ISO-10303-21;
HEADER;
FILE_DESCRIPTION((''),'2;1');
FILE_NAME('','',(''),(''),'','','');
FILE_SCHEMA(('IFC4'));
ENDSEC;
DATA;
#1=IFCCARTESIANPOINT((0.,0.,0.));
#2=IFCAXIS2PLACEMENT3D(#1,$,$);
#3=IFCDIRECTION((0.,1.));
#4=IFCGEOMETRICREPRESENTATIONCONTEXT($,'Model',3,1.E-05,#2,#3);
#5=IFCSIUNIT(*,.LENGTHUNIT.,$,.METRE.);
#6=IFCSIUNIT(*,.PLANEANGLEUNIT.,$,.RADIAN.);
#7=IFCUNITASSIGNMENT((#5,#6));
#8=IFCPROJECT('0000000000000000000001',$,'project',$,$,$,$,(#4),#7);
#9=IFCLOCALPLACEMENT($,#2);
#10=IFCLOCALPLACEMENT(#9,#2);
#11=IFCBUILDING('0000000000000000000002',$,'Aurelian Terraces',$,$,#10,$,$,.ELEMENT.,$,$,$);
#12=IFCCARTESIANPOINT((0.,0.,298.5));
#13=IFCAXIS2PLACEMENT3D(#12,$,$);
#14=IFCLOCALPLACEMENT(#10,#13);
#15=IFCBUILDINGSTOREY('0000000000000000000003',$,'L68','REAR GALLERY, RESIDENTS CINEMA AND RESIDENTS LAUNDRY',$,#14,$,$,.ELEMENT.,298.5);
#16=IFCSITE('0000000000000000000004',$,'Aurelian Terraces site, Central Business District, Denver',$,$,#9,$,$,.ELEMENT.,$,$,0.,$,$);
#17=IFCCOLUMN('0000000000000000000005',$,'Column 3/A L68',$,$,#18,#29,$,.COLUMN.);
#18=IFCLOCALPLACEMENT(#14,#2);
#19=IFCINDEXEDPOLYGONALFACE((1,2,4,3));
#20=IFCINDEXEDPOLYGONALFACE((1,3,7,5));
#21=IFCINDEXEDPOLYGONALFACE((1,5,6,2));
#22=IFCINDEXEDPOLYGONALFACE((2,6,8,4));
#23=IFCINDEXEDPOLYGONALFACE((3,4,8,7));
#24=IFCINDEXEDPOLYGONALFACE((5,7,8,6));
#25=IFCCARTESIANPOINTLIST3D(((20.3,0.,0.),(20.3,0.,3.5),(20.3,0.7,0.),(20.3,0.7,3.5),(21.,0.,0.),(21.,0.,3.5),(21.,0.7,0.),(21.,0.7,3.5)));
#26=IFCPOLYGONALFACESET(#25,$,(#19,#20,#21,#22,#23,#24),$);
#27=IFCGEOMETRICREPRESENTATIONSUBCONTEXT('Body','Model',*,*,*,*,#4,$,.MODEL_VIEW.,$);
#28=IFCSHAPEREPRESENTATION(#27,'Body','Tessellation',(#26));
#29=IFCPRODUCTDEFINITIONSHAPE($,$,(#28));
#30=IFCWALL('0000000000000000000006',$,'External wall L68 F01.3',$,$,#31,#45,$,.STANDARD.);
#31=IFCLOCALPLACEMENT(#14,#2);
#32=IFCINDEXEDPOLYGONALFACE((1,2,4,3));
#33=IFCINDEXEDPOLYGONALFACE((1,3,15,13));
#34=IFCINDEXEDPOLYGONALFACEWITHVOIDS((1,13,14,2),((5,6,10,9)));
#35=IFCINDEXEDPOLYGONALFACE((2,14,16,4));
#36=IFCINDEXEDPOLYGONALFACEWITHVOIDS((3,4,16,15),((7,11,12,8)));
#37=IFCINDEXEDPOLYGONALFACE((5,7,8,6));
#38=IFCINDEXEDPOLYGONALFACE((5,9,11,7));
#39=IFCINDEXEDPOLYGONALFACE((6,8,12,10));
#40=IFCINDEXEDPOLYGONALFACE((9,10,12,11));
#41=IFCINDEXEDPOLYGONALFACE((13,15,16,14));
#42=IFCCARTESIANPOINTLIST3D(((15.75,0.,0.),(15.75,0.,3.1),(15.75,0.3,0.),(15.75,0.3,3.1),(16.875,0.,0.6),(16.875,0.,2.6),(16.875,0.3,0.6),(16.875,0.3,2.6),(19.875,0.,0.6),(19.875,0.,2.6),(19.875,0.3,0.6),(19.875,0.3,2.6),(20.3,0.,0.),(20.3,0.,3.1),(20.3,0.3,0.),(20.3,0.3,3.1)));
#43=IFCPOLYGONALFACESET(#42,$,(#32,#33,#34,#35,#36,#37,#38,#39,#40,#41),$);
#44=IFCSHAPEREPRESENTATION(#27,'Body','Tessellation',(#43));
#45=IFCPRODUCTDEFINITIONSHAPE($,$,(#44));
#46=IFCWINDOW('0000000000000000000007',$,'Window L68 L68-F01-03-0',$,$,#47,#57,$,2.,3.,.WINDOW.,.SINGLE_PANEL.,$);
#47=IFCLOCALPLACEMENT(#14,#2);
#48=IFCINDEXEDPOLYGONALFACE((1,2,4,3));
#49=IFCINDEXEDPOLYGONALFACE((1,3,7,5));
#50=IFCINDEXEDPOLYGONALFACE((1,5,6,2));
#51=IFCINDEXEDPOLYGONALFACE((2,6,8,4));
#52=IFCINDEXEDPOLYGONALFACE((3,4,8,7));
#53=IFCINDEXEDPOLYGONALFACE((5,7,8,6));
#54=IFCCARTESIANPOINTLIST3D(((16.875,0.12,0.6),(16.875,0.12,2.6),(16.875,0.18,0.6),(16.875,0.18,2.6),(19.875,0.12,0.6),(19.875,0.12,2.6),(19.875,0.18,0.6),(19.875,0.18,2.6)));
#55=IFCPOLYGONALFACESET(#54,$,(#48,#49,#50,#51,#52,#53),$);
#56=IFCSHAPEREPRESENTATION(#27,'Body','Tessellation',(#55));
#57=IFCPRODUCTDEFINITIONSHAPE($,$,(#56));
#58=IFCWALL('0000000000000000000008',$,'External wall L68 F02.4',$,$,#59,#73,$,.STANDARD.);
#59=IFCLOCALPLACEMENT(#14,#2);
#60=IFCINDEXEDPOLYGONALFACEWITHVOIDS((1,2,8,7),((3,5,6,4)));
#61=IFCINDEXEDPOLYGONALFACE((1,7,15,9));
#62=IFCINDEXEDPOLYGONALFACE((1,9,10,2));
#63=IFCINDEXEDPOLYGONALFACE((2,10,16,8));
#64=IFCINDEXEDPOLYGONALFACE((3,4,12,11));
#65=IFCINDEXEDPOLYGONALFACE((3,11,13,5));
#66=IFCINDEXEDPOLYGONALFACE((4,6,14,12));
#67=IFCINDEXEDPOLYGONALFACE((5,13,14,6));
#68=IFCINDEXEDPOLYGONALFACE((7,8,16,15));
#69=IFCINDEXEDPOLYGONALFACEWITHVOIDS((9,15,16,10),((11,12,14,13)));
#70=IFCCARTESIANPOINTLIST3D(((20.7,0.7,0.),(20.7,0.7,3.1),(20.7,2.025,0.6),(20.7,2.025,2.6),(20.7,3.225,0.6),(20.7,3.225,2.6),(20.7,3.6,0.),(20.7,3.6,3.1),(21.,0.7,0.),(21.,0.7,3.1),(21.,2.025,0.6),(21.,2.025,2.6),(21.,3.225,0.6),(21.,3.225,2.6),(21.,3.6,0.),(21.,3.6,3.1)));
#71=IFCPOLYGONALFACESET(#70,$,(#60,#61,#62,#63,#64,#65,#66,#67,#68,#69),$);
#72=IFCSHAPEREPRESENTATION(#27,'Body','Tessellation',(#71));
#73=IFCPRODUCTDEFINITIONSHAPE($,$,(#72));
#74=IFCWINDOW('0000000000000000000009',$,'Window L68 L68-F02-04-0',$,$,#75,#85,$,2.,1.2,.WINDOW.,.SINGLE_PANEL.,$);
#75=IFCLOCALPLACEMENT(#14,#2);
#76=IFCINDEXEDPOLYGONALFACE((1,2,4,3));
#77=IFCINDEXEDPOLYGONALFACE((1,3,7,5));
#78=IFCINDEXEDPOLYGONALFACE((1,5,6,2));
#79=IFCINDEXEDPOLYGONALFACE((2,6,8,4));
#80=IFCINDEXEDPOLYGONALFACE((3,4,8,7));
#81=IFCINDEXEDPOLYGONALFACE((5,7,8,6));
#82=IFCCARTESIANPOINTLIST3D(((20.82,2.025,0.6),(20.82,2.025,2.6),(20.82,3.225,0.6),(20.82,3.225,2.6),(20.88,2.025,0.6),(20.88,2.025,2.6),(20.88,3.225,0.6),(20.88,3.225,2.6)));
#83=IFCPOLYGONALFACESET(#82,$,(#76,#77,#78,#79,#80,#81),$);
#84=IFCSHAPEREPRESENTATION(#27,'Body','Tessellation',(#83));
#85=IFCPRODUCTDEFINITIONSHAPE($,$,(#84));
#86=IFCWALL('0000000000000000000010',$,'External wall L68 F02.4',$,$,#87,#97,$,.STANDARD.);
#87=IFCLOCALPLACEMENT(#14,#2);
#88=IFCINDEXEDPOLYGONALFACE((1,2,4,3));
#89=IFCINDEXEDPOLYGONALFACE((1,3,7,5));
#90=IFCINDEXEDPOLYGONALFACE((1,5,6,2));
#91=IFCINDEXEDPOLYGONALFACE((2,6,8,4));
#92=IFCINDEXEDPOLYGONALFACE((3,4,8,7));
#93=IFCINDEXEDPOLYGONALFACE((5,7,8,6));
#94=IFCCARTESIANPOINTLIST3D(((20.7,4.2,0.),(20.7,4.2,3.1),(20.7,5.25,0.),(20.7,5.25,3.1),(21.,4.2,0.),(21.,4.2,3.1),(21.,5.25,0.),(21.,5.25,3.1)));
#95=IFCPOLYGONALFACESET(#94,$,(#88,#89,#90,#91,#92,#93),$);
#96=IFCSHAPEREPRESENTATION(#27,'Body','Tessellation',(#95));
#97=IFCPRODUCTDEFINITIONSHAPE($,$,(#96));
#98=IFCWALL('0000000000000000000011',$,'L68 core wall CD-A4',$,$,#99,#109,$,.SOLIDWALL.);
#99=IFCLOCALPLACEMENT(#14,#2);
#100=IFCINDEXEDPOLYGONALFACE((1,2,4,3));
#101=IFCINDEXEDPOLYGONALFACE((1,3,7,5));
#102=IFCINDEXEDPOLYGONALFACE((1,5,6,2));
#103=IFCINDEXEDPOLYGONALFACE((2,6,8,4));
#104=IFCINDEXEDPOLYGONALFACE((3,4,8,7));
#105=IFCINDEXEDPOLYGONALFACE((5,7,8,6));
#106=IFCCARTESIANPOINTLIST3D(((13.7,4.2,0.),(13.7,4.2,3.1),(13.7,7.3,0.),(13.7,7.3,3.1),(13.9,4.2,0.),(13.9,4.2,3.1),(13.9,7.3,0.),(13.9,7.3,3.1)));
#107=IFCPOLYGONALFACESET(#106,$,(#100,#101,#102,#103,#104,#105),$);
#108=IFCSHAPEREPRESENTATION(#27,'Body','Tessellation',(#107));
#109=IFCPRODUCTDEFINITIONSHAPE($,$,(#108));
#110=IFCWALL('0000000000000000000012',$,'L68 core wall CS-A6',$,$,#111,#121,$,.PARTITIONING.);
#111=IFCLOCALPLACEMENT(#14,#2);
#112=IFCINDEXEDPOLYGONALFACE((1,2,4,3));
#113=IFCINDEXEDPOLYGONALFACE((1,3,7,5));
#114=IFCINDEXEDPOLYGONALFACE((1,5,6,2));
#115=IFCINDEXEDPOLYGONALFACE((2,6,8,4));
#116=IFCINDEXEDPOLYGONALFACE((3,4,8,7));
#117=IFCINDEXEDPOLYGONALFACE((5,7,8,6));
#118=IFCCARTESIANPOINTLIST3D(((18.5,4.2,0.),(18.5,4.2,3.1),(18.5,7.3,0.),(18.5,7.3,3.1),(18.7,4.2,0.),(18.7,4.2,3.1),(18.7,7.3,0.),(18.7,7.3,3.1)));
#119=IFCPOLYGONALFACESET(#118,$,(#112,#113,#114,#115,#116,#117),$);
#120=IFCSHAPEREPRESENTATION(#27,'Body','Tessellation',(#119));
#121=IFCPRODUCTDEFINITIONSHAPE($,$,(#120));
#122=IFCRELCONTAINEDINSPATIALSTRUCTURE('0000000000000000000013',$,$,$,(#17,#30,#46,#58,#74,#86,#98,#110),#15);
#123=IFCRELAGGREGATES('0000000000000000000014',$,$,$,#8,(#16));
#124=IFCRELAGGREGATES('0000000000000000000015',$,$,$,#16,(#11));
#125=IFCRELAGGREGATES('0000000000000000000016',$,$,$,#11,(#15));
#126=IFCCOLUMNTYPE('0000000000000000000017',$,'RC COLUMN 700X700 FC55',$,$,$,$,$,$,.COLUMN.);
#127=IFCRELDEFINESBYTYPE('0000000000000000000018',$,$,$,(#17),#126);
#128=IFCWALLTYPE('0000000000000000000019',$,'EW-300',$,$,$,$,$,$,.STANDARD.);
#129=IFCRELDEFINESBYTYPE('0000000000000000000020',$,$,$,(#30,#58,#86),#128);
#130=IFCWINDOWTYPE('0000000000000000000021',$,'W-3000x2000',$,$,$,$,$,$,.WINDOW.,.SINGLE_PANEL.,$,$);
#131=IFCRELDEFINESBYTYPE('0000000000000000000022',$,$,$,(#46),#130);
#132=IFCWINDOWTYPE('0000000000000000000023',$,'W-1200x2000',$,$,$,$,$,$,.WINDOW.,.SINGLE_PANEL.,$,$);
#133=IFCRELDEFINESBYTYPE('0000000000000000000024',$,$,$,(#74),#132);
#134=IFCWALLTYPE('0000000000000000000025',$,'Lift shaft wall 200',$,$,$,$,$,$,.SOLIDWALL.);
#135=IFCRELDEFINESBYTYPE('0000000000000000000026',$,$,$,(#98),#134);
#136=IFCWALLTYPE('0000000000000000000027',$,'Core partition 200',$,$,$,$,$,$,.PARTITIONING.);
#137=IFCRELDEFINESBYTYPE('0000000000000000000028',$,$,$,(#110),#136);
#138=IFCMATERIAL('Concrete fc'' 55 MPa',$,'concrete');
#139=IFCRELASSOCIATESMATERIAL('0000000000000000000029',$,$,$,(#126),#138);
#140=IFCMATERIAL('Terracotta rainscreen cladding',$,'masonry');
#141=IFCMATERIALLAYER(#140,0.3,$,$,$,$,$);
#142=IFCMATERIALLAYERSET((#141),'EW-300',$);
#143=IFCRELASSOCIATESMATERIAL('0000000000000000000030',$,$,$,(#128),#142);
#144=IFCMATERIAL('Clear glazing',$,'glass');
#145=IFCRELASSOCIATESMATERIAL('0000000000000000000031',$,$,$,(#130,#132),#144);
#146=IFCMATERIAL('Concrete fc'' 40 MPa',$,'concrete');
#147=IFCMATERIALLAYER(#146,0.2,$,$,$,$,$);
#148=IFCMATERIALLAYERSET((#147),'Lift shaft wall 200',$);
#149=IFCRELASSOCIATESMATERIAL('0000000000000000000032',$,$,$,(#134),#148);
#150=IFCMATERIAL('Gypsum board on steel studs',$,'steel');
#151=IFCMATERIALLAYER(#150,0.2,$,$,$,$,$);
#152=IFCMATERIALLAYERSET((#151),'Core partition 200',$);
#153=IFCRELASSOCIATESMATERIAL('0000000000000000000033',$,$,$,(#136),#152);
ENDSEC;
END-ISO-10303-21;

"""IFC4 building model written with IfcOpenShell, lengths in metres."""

from ifc_helpers import new_model, si_unit, direction, frame, frame_2d, origin, origin_2d, place, context, subcontext, project, spatial, rectangle, extrude, source, transform, mapped, material, layer, layer_set, material_profile, profile_set, type_object, element, fill, save


model = new_model("IFC4")

# Units and contexts
model_context = context("Model", 3, precision=1e-05, world=origin(), true_north=direction((0.0, 1.0)))
body_context = subcontext(model_context, "Body", "Model", "MODEL_VIEW")
ifc_project = project(units=[si_unit("LENGTHUNIT", "METRE"), si_unit("PLANEANGLEUNIT", "RADIAN")], contexts=[model_context])

# Site, building, storey
site_placement = place(None, origin())
site = spatial("IfcSite", under=ifc_project, at=site_placement, Name="Aurelian Terraces site, Central Business District, Denver", CompositionType="ELEMENT", RefElevation=0.0)
building_placement = place(site_placement, origin())
building = spatial("IfcBuilding", under=site, at=building_placement, Name="Aurelian Terraces", CompositionType="ELEMENT")
storey_placement = place(building_placement, frame((0.0, 0.0, 298.5)))
storey = spatial("IfcBuildingStorey", under=building, at=storey_placement, Name="L68", Description="REAR GALLERY, RESIDENTS CINEMA AND RESIDENTS LAUNDRY", CompositionType="ELEMENT", Elevation=298.5)

# Column
ifc_material_1 = material(Name="Concrete fc' 55 MPa", Category="concrete")
ifc_material_profile = material_profile(ifc_material_1, rectangle(XDim=0.7, YDim=0.7, at=origin_2d()))
ifc_profile_set = profile_set([ifc_material_profile], Name="Concrete fc' 55 MPa")
column_type = type_object("IfcColumnType", Name="RC COLUMN 700X700 FC55", PredefinedType="COLUMN", material=ifc_profile_set)
shared_shape_1 = source(origin(), body_context, "Body", "SweptSolid", [
    extrude(rectangle(XDim=0.7, YDim=0.7, at=origin_2d()), origin(), (0.0, 0.0, 1.0), 3.5),
])
column_placement = place(storey_placement, frame((20.65, 0.35, 0.0), z_axis=(0.0, 0.0, 1.0), x_axis=(1.0, 0.0, 0.0)))
element("IfcColumn", 1, at=column_placement, inside=storey, type_object=column_type, Name="Column 3/A L68", PredefinedType="COLUMN", context=body_context, shape_type="MappedRepresentation", body=[
    mapped(shared_shape_1, transform((0.0, 0.0, 0.0), scale=1.0)),
])

# Walls, openings, windows
ifc_material_2 = material(Name="Terracotta rainscreen cladding", Category="masonry")
ifc_layer_1 = layer(ifc_material_2, 0.3)
ifc_layer_set_1 = layer_set([ifc_layer_1], Name="EW-300")
wall_type_1 = type_object("IfcWallType", Name="EW-300", PredefinedType="STANDARD", material=ifc_layer_set_1)
wall_1_placement = place(storey_placement, frame((15.75, 0.15, 0.0), z_axis=(0.0, 0.0, 1.0), x_axis=(1.0, 0.0, 0.0)))
wall_1 = element("IfcWall", 2, at=wall_1_placement, inside=storey, type_object=wall_type_1, Name="External wall L68 F01.3", PredefinedType="STANDARD", context=body_context, shape_type="SweptSolid", body=[
    extrude(rectangle(XDim=4.55, YDim=0.3, at=frame_2d((2.275, 0.0))), origin(), (0.0, 0.0, 1.0), 3.1),
])
shared_shape_2 = source(origin(), body_context, "Body", "SweptSolid", [
    extrude(rectangle(XDim=3.0, YDim=2.0, at=frame_2d((1.5, 1.0))), frame((0.0, 0.16, 0.0), z_axis=(0.0, -1.0, 0.0), x_axis=(1.0, 0.0, 0.0)), (0.0, 0.0, 1.0), 0.32),
])
opening_1_placement = place(wall_1_placement, frame((1.125, 0.0, 0.6)))
opening_1 = element("IfcOpeningElement", 3, at=opening_1_placement, cuts=wall_1, PredefinedType="OPENING", context=body_context, shape_type="MappedRepresentation", body=[
    mapped(shared_shape_2, transform((0.0, 0.0, 0.0), scale=1.0)),
])
ifc_material_3 = material(Name="Clear glazing", Category="glass")
window_type_1 = type_object("IfcWindowType", Name="W-3000x2000", PartitioningType="SINGLE_PANEL", PredefinedType="WINDOW", material=ifc_material_3)
shared_shape_3 = source(origin(), body_context, "Body", "SweptSolid", [
    extrude(rectangle(XDim=3.0, YDim=2.0, at=frame_2d((1.5, 1.0))), frame((0.0, 0.03, 0.0), z_axis=(0.0, -1.0, 0.0), x_axis=(1.0, 0.0, 0.0)), (0.0, 0.0, 1.0), 0.06),
])
window_1_placement = place(opening_1_placement, origin())
window_1 = element("IfcWindow", 4, at=window_1_placement, inside=storey, type_object=window_type_1, Name="Window L68 L68-F01-03-0", OverallHeight=2.0, OverallWidth=3.0, PartitioningType="SINGLE_PANEL", PredefinedType="WINDOW", context=body_context, shape_type="MappedRepresentation", body=[
    mapped(shared_shape_3, transform((0.0, 0.0, 0.0), scale=1.0)),
])
fill(opening_1, window_1)
shared_shape_4 = source(origin(), body_context, "Body", "SweptSolid", [
    extrude(rectangle(XDim=2.9, YDim=0.3, at=frame_2d((1.45, 0.0))), origin(), (0.0, 0.0, 1.0), 3.1),
])
wall_2_placement = place(storey_placement, frame((20.85, 0.7, 0.0), z_axis=(0.0, 0.0, 1.0), x_axis=(0.0, 1.0, 0.0)))
wall_2 = element("IfcWall", 5, at=wall_2_placement, inside=storey, type_object=wall_type_1, Name="External wall L68 F02.4", PredefinedType="STANDARD", context=body_context, shape_type="MappedRepresentation", body=[
    mapped(shared_shape_4, transform((0.0, 0.0, 0.0), scale=1.0)),
])
shared_shape_5 = source(origin(), body_context, "Body", "SweptSolid", [
    extrude(rectangle(XDim=1.2, YDim=2.0, at=frame_2d((0.6, 1.0))), frame((0.0, 0.16, 0.0), z_axis=(0.0, -1.0, 0.0), x_axis=(1.0, 0.0, 0.0)), (0.0, 0.0, 1.0), 0.32),
])
opening_2_placement = place(wall_2_placement, frame((1.325, 0.0, 0.6)))
opening_2 = element("IfcOpeningElement", 6, at=opening_2_placement, cuts=wall_2, PredefinedType="OPENING", context=body_context, shape_type="MappedRepresentation", body=[
    mapped(shared_shape_5, transform((0.0, 0.0, 0.0), scale=1.0)),
])
window_type_2 = type_object("IfcWindowType", Name="W-1200x2000", PartitioningType="SINGLE_PANEL", PredefinedType="WINDOW", material=ifc_material_3)
shared_shape_6 = source(origin(), body_context, "Body", "SweptSolid", [
    extrude(rectangle(XDim=1.2, YDim=2.0, at=frame_2d((0.6, 1.0))), frame((0.0, 0.03, 0.0), z_axis=(0.0, -1.0, 0.0), x_axis=(1.0, 0.0, 0.0)), (0.0, 0.0, 1.0), 0.06),
])
window_2_placement = place(opening_2_placement, origin())
window_2 = element("IfcWindow", 7, at=window_2_placement, inside=storey, type_object=window_type_2, Name="Window L68 L68-F02-04-0", OverallHeight=2.0, OverallWidth=1.2, PartitioningType="SINGLE_PANEL", PredefinedType="WINDOW", context=body_context, shape_type="MappedRepresentation", body=[
    mapped(shared_shape_6, transform((0.0, 0.0, 0.0), scale=1.0)),
])
fill(opening_2, window_2)

# Walls
shared_shape_7 = source(origin(), body_context, "Body", "SweptSolid", [
    extrude(rectangle(XDim=1.05, YDim=0.3, at=frame_2d((0.525, 0.0))), origin(), (0.0, 0.0, 1.0), 3.1),
])
wall_3_placement = place(storey_placement, frame((20.85, 4.2, 0.0), z_axis=(0.0, 0.0, 1.0), x_axis=(0.0, 1.0, 0.0)))
element("IfcWall", 8, at=wall_3_placement, inside=storey, type_object=wall_type_1, Name="External wall L68 F02.4", PredefinedType="STANDARD", context=body_context, shape_type="MappedRepresentation", body=[
    mapped(shared_shape_7, transform((0.0, 0.0, 0.0), scale=1.0)),
])
ifc_material_4 = material(Name="Concrete fc' 40 MPa", Category="concrete")
ifc_layer_2 = layer(ifc_material_4, 0.2)
ifc_layer_set_2 = layer_set([ifc_layer_2], Name="Lift shaft wall 200")
wall_type_2 = type_object("IfcWallType", Name="Lift shaft wall 200", PredefinedType="SOLIDWALL", material=ifc_layer_set_2)
shared_shape_8 = source(origin(), body_context, "Body", "SweptSolid", [
    extrude(rectangle(XDim=3.1, YDim=0.2, at=frame_2d((1.55, 0.0))), origin(), (0.0, 0.0, 1.0), 3.1),
])
wall_4_placement = place(storey_placement, frame((13.8, 4.2, 0.0), z_axis=(0.0, 0.0, 1.0), x_axis=(0.0, 1.0, 0.0)))
element("IfcWall", 9, at=wall_4_placement, inside=storey, type_object=wall_type_2, Name="L68 core wall CD-A4", PredefinedType="SOLIDWALL", context=body_context, shape_type="MappedRepresentation", body=[
    mapped(shared_shape_8, transform((0.0, 0.0, 0.0), scale=1.0)),
])
ifc_material_5 = material(Name="Gypsum board on steel studs", Category="steel")
ifc_layer_3 = layer(ifc_material_5, 0.2)
ifc_layer_set_3 = layer_set([ifc_layer_3], Name="Core partition 200")
wall_type_3 = type_object("IfcWallType", Name="Core partition 200", PredefinedType="PARTITIONING", material=ifc_layer_set_3)
shared_shape_9 = source(origin(), body_context, "Body", "SweptSolid", [
    extrude(rectangle(XDim=3.1, YDim=0.2, at=frame_2d((1.55, 0.0))), origin(), (0.0, 0.0, 1.0), 3.1),
])
wall_5_placement = place(storey_placement, frame((18.6, 4.2, 0.0), z_axis=(0.0, 0.0, 1.0), x_axis=(0.0, 1.0, 0.0)))
element("IfcWall", 10, at=wall_5_placement, inside=storey, type_object=wall_type_3, Name="L68 core wall CS-A6", PredefinedType="PARTITIONING", context=body_context, shape_type="MappedRepresentation", body=[
    mapped(shared_shape_9, transform((0.0, 0.0, 0.0), scale=1.0)),
])

save(model, "model.ifc")
